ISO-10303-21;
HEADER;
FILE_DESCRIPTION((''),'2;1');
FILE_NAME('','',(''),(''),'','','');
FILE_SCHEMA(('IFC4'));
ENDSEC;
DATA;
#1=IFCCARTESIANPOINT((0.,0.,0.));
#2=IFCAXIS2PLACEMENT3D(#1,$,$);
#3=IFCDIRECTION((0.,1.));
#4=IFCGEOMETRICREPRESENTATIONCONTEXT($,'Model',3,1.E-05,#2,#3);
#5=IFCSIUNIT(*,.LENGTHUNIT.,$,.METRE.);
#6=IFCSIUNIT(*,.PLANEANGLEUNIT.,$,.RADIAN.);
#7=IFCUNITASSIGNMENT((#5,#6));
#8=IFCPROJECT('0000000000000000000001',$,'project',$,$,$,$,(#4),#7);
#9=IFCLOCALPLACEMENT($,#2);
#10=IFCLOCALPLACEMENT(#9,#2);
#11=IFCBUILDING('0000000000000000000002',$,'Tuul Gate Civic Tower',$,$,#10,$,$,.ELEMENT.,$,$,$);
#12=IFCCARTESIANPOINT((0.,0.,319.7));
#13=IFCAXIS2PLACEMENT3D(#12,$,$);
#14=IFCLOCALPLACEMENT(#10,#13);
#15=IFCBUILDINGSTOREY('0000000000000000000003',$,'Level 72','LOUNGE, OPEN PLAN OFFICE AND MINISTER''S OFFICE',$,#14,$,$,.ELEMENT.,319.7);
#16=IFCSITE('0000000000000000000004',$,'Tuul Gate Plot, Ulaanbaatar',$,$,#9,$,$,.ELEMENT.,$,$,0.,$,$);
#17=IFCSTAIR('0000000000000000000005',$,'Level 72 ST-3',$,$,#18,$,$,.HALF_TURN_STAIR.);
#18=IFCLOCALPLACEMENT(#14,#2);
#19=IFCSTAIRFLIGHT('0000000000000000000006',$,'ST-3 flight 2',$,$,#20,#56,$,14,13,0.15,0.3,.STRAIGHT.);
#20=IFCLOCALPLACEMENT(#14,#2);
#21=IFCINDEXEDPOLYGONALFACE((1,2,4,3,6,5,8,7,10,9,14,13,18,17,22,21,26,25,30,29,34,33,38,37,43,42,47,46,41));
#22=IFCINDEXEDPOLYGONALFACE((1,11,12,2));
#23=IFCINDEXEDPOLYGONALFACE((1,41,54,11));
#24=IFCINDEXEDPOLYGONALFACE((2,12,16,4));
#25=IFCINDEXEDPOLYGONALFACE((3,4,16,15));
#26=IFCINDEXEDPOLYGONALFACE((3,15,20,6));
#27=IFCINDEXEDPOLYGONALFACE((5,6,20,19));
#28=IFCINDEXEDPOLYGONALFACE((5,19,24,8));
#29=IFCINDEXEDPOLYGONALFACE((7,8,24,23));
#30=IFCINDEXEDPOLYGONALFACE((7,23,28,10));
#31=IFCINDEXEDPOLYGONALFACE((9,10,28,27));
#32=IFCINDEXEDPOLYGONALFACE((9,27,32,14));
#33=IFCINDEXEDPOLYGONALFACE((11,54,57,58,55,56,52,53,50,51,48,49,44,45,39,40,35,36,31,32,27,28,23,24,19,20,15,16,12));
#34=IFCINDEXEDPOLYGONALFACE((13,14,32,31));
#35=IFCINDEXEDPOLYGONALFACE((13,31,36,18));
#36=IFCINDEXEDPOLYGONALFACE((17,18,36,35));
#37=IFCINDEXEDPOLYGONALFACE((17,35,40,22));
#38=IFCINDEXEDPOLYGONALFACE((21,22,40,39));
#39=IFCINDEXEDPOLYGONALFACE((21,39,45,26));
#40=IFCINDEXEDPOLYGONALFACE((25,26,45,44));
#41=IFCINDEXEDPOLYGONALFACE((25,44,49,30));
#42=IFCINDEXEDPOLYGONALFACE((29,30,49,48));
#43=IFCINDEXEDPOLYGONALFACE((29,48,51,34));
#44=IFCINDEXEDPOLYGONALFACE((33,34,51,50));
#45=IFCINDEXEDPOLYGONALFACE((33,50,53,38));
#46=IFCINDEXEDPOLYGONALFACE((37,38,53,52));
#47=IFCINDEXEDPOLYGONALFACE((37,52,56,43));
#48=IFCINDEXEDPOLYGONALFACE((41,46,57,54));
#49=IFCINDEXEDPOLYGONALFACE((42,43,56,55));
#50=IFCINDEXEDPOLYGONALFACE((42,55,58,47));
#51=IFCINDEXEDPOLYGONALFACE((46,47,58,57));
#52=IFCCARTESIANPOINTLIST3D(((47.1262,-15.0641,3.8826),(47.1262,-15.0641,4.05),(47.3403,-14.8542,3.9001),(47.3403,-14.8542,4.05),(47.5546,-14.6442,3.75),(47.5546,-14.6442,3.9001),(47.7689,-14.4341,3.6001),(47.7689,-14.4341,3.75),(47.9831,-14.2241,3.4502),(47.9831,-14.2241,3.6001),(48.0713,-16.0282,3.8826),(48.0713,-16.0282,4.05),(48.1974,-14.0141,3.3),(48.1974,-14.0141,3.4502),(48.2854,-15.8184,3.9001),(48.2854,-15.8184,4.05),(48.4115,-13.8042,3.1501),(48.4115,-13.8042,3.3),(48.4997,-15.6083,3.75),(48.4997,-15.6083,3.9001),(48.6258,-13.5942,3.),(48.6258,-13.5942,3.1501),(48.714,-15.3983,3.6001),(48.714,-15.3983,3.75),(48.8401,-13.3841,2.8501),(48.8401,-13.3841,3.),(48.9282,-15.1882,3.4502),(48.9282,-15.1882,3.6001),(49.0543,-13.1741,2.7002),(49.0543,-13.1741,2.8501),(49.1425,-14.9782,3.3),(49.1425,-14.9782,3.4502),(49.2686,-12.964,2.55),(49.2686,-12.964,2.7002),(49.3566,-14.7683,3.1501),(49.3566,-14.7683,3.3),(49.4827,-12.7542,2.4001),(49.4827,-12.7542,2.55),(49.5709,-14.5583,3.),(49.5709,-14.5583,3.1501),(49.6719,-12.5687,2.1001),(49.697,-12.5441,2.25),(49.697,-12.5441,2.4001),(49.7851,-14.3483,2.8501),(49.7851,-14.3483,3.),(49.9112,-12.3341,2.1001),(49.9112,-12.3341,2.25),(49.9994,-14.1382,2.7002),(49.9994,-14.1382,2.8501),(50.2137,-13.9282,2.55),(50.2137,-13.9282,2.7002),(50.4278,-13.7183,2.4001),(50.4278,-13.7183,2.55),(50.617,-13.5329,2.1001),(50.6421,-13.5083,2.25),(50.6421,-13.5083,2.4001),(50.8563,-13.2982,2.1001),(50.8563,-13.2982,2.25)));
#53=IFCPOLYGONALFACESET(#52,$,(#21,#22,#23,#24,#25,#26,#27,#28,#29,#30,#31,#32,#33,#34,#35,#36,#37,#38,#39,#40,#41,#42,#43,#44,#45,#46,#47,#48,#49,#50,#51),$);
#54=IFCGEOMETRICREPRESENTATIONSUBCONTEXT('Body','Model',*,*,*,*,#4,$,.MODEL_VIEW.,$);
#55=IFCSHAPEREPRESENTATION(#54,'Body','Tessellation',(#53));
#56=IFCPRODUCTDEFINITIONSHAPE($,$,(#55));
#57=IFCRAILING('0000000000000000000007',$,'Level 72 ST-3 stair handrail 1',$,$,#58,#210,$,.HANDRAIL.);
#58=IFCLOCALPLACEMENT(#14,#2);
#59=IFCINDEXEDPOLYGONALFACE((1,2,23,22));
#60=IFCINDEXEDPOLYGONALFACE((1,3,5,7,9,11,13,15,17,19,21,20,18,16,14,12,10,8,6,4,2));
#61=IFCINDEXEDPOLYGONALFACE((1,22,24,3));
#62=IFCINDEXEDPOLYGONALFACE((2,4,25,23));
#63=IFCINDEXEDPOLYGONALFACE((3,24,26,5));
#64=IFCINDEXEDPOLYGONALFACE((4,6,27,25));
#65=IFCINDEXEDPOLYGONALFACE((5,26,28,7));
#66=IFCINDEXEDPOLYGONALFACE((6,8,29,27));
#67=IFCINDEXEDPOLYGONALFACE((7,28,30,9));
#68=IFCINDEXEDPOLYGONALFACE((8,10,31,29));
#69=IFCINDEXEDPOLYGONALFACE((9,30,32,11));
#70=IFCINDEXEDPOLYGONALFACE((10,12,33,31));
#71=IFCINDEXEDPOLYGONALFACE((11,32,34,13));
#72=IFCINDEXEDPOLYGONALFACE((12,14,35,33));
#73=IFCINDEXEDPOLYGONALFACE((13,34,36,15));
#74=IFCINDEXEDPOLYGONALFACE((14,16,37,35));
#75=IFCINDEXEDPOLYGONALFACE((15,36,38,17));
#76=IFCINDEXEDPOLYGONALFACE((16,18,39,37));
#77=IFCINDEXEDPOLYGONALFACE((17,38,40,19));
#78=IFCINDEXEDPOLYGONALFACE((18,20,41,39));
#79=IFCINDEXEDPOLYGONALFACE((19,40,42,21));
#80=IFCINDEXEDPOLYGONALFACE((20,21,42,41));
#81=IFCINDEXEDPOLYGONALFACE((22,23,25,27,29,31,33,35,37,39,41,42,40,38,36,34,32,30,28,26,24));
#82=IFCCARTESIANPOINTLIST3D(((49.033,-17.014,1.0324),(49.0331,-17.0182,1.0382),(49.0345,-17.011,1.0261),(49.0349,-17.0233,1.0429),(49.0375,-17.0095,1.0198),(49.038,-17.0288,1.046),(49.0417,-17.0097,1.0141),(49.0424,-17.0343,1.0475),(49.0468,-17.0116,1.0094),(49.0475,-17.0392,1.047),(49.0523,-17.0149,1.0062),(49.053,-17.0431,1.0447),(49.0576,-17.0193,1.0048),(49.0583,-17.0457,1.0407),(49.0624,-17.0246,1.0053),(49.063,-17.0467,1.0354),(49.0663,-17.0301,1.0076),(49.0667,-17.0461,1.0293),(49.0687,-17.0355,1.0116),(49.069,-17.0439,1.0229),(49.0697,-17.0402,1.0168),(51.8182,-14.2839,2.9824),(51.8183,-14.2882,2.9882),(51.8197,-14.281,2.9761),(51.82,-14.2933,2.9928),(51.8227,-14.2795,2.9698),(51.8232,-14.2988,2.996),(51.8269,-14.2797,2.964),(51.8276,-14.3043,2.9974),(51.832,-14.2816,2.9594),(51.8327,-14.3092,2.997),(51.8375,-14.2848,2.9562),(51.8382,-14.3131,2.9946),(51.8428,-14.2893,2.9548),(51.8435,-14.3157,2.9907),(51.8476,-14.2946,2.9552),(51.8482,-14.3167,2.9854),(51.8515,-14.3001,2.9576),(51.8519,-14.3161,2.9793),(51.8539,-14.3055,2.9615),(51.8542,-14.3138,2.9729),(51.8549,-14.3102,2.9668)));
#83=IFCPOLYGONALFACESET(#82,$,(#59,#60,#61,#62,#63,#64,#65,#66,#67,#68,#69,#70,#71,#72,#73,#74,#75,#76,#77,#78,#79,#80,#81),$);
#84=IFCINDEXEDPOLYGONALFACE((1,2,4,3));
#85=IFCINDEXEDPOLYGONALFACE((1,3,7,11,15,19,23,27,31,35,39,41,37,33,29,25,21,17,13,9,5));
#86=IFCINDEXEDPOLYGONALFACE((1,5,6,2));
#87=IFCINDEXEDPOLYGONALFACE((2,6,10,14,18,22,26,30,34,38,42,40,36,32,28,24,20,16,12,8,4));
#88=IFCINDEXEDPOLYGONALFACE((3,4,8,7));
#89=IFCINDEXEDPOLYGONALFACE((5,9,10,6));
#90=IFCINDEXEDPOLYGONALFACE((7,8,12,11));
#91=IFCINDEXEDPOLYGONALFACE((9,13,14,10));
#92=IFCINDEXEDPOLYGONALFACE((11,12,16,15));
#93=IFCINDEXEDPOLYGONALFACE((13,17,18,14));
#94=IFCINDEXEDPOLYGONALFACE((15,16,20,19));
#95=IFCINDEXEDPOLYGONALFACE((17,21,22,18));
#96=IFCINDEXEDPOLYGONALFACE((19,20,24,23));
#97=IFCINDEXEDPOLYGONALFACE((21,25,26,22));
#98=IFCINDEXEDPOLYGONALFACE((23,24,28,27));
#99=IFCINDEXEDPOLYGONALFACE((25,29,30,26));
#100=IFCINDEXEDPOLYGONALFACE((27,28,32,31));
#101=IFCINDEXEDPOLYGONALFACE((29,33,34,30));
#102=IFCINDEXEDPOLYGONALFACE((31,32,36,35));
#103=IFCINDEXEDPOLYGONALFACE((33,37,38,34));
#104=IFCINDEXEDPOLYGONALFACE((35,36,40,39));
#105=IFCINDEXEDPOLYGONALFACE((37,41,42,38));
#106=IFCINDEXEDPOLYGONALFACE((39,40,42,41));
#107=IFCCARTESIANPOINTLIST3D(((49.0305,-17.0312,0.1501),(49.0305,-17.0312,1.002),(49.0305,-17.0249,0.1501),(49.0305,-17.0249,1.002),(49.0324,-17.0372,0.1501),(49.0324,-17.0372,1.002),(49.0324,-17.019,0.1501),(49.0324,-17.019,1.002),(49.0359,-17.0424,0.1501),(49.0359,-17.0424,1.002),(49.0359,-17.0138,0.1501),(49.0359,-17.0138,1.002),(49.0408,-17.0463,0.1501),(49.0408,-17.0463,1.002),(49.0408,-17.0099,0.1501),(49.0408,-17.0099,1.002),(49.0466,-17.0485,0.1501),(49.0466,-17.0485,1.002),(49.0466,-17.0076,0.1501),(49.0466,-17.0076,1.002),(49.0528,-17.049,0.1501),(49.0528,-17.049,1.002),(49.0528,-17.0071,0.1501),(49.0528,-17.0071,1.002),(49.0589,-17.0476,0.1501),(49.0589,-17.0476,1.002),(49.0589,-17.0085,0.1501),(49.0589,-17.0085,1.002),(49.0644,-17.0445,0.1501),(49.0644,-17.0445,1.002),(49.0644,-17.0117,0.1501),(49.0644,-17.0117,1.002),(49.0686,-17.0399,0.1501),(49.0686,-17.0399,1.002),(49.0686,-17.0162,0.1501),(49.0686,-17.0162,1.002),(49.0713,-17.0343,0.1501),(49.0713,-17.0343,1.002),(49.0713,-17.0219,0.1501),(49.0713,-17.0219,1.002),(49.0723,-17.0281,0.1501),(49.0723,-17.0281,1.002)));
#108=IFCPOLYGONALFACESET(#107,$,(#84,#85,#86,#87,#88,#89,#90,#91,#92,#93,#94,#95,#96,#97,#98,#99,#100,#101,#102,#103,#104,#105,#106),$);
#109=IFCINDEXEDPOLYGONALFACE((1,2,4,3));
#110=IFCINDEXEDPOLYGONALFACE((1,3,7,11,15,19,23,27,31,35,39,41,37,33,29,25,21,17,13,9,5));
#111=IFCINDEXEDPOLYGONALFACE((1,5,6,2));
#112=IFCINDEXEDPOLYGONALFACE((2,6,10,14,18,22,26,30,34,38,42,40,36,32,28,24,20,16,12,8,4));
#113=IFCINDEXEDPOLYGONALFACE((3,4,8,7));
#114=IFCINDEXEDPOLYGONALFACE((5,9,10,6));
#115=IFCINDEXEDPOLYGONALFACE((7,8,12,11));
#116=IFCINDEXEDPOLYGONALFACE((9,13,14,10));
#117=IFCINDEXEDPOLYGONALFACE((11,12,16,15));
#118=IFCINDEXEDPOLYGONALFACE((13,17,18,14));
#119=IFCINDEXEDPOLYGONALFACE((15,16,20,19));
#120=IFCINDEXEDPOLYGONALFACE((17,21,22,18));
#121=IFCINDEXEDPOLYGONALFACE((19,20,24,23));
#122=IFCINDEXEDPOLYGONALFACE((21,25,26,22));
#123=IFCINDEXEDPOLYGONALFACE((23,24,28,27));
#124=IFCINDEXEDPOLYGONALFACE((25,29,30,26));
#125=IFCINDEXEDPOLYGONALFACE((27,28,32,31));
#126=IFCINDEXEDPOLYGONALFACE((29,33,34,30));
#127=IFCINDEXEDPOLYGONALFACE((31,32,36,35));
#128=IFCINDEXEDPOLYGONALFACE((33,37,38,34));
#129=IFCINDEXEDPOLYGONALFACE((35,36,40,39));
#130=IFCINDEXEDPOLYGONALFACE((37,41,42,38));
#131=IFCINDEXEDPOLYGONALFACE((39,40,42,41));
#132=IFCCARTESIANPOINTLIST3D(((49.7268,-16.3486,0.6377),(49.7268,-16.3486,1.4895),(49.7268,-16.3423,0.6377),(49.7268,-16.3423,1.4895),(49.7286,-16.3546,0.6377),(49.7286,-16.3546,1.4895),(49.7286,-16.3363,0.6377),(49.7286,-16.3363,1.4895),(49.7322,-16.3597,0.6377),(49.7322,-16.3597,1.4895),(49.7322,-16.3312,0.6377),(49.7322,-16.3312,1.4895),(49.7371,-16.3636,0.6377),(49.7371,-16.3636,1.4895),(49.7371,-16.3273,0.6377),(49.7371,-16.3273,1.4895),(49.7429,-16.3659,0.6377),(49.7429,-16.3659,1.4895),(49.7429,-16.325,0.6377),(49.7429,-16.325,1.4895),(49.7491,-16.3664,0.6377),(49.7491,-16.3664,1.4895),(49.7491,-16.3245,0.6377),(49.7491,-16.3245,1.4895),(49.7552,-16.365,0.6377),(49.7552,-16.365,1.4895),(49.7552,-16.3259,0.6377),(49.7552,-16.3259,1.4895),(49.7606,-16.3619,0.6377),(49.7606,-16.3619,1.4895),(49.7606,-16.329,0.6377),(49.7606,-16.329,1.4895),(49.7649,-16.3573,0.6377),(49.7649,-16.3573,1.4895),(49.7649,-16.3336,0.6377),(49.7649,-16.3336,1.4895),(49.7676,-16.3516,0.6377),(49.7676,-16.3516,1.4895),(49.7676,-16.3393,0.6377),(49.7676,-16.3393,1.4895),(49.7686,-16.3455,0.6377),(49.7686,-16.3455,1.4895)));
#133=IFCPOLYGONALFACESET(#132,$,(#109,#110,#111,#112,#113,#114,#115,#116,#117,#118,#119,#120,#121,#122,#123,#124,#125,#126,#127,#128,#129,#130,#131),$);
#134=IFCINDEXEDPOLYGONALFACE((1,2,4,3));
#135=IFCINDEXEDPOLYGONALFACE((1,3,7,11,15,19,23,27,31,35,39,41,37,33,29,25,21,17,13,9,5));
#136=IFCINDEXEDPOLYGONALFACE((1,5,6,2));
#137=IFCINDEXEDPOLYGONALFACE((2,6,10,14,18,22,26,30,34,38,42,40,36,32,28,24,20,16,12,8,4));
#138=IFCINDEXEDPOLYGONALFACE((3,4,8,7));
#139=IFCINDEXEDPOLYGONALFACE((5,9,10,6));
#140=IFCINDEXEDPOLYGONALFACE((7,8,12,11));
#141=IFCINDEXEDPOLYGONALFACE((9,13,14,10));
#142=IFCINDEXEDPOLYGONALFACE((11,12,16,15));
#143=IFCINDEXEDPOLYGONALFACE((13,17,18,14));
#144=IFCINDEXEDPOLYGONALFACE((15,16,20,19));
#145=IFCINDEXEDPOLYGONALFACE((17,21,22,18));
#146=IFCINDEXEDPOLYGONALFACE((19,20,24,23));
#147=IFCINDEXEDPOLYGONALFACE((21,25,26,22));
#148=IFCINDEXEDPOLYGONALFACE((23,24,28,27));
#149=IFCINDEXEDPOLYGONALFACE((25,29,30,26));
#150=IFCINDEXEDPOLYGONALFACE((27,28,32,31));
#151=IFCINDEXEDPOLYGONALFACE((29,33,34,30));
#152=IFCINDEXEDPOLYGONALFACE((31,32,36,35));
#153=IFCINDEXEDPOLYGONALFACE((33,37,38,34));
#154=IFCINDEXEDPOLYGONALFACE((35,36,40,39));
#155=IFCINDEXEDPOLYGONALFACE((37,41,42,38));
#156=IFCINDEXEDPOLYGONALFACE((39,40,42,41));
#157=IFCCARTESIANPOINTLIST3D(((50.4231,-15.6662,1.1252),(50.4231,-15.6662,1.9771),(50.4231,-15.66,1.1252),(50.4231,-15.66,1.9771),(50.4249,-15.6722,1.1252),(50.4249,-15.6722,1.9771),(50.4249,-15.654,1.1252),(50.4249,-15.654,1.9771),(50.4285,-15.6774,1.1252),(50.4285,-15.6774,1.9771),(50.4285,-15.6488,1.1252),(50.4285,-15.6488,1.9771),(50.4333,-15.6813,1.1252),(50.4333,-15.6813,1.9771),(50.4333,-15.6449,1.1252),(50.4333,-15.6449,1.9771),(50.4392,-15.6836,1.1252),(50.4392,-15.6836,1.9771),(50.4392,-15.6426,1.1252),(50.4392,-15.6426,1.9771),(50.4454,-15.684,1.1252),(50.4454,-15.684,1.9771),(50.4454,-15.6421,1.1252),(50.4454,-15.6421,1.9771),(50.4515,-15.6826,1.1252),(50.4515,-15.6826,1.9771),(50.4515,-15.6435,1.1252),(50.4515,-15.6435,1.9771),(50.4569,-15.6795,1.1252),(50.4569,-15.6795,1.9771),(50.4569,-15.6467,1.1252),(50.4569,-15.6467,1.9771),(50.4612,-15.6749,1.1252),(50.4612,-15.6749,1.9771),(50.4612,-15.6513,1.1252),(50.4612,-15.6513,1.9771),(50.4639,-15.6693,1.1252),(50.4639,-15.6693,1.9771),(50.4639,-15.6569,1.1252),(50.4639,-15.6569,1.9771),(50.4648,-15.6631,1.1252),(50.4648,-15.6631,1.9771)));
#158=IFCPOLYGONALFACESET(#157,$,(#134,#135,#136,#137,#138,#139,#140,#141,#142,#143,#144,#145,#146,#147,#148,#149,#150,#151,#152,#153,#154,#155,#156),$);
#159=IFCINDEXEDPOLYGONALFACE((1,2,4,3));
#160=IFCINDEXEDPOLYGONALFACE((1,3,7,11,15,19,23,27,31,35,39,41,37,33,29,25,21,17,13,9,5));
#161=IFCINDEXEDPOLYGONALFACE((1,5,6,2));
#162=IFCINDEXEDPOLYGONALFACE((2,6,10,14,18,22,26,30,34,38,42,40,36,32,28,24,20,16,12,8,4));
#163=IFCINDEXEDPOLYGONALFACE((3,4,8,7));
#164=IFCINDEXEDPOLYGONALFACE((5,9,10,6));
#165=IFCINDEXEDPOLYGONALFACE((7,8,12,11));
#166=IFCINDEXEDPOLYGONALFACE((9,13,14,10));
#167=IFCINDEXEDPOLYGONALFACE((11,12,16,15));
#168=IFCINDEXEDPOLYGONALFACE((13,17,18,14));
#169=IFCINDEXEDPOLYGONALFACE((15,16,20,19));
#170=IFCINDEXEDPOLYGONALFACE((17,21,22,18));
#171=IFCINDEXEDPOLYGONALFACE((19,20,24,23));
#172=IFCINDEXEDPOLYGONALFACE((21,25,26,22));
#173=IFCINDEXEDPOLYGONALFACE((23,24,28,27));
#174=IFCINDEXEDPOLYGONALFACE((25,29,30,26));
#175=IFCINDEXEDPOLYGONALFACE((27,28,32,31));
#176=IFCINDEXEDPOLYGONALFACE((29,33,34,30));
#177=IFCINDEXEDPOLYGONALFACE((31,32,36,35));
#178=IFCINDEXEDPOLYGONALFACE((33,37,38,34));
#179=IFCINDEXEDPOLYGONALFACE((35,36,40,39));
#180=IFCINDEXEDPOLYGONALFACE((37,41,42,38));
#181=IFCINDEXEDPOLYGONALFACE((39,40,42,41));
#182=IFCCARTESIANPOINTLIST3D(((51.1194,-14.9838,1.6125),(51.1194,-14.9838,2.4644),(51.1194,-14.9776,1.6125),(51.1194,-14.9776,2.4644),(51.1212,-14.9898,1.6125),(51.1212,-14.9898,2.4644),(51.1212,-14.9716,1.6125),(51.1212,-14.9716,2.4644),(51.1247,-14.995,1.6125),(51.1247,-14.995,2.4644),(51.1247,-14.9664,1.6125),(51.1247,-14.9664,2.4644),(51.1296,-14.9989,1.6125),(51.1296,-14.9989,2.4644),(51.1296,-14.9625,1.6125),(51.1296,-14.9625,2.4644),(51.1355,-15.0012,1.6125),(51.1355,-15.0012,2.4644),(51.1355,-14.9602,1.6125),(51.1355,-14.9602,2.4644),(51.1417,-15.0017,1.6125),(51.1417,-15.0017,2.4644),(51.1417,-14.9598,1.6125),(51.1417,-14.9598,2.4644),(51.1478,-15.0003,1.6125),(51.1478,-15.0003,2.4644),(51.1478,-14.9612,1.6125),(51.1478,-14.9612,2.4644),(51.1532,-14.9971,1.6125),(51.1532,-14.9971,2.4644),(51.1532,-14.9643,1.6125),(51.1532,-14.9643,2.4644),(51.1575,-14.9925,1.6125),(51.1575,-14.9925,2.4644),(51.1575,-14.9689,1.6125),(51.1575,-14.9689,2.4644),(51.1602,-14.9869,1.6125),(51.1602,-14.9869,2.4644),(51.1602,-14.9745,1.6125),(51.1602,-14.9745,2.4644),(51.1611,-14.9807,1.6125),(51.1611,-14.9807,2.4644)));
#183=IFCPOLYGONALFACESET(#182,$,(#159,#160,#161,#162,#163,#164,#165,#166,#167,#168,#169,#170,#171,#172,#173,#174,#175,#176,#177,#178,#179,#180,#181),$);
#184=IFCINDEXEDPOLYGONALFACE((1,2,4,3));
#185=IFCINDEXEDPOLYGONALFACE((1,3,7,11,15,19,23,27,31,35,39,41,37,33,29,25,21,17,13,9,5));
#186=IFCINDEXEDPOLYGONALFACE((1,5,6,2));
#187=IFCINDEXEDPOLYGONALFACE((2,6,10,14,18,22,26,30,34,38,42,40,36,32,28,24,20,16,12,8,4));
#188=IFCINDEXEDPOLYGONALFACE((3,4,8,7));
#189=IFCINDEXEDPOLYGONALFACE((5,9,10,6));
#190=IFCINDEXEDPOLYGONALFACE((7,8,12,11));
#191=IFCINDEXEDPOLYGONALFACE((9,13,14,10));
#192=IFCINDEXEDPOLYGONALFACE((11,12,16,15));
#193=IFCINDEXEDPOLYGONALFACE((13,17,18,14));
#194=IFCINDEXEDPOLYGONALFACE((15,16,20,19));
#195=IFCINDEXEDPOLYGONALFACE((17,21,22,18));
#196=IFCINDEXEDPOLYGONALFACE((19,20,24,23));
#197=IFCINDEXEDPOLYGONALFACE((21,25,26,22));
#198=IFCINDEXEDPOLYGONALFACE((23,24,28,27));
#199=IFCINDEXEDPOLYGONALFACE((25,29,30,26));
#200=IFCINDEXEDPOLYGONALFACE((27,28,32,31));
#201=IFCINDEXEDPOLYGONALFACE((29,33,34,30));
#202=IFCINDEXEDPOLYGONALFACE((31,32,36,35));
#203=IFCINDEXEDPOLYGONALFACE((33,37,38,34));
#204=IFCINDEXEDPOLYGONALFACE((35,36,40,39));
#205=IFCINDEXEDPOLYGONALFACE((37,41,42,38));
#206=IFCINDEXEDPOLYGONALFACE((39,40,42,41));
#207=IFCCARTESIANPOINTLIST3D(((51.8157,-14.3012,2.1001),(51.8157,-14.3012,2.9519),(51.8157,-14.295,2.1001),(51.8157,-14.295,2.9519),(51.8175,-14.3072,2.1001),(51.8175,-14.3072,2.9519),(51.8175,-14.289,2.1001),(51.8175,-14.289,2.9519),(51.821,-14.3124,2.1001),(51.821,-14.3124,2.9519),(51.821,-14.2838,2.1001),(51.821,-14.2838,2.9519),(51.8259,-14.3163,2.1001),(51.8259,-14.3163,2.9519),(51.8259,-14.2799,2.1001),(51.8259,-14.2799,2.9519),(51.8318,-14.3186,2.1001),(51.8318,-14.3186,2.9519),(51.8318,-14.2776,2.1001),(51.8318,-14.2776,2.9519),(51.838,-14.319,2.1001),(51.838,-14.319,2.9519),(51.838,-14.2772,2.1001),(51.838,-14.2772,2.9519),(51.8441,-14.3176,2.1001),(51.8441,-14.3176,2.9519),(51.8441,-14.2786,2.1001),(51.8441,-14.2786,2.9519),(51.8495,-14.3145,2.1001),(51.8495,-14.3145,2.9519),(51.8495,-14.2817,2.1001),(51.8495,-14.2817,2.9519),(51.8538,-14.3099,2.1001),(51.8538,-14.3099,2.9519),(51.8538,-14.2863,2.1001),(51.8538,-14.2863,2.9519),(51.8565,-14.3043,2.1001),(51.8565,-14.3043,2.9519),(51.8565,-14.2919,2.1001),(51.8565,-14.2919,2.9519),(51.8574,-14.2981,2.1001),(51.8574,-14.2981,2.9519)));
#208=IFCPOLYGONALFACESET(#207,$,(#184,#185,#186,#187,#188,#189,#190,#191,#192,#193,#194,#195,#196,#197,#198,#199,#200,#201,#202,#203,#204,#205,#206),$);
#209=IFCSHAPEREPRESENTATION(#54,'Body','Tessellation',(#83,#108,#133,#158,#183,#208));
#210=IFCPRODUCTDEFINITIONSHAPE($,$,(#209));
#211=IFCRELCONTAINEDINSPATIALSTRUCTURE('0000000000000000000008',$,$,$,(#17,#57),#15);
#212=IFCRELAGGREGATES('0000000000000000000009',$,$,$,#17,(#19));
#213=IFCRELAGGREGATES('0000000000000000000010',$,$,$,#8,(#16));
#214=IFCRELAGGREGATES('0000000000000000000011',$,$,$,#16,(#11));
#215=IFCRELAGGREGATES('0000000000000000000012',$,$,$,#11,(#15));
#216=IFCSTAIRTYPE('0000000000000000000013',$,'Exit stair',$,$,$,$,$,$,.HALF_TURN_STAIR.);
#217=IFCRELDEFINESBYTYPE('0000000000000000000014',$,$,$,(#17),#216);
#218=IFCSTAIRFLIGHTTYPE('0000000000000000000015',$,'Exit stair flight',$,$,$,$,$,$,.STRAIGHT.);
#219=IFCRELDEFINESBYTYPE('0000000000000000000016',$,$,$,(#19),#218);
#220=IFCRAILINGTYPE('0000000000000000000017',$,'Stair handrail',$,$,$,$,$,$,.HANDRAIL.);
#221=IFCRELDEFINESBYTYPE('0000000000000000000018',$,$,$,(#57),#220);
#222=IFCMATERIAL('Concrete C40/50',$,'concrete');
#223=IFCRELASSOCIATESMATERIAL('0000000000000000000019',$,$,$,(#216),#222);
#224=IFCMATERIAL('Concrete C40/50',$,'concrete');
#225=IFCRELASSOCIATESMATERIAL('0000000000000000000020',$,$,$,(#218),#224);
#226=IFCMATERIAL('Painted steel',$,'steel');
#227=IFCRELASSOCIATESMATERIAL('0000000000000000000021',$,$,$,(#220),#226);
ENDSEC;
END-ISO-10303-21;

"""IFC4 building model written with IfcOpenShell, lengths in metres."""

from ifc_helpers import new_model, si_unit, direction, frame, origin, origin_2d, place, context, subcontext, project, spatial, polyline, circle, outline, extrude, material, type_object, element, aggregate, save


model = new_model("IFC4")

# Units and contexts
model_context = context("Model", 3, precision=1e-05, world=origin(), true_north=direction((0.0, 1.0)))
body_context = subcontext(model_context, "Body", "Model", "MODEL_VIEW")
ifc_project = project(units=[si_unit("LENGTHUNIT", "METRE"), si_unit("PLANEANGLEUNIT", "RADIAN")], contexts=[model_context])

# Site, building, storey
site_placement = place(None, origin())
site = spatial("IfcSite", under=ifc_project, at=site_placement, Name="Tuul Gate Plot, Ulaanbaatar", CompositionType="ELEMENT", RefElevation=0.0)
building_placement = place(site_placement, origin())
building = spatial("IfcBuilding", under=site, at=building_placement, Name="Tuul Gate Civic Tower", CompositionType="ELEMENT")
storey_placement = place(building_placement, frame((0.0, 0.0, 319.7)))
storey = spatial("IfcBuildingStorey", under=building, at=storey_placement, Name="Level 72", Description="LOUNGE, OPEN PLAN OFFICE AND MINISTER'S OFFICE", CompositionType="ELEMENT", Elevation=319.7)

# Stair, stair flight
ifc_material_1 = material(Name="Concrete C40/50", Category="concrete")
stair_type = type_object("IfcStairType", Name="Exit stair", PredefinedType="HALF_TURN_STAIR", material=ifc_material_1)
stair_placement = place(storey_placement, origin())
stair = element("IfcStair", 1, at=stair_placement, inside=storey, type_object=stair_type, Name="Level 72 ST-3", PredefinedType="HALF_TURN_STAIR")
ifc_material_2 = material(Name="Concrete C40/50", Category="concrete")
stair_flight_type = type_object("IfcStairFlightType", Name="Exit stair flight", PredefinedType="STRAIGHT", material=ifc_material_2)
stair_flight_1_placement = place(storey_placement, frame((50.3838, -12.8162, 2.1001), z_axis=(0.0, 0.0, 1.0), x_axis=(-0.714127, -0.700016, 0.0)))
stair_flight_1 = element("IfcStairFlight", 2, at=stair_flight_1_placement, type_object=stair_flight_type, Name="ST-3 flight 2", NumberOfRisers=14, NumberOfTreads=13, PredefinedType="STRAIGHT", RiserHeight=0.15, TreadLength=0.3, context=body_context, shape_type="SweptSolid", body=[
    extrude(outline(polyline([(0.0, 0.0), (0.0, 0.1499), (0.3, 0.1499), (0.3, 0.3), (0.6001, 0.3), (0.6001, 0.45), (0.8999, 0.45), (0.8999, 0.6001), (1.2, 0.6001), (1.2, 0.75), (1.5, 0.75), (1.5, 0.8999), (1.8, 0.8999), (1.8, 1.05), (2.1001, 1.05), (2.1001, 1.2), (2.3999, 1.2), (2.3999, 1.3501), (2.7, 1.3501), (2.7, 1.5), (3.0, 1.5), (3.0, 1.6499), (3.3, 1.6499), (3.3, 1.8), (3.6001, 1.8), (3.6001, 1.95), (3.8999, 1.95), (3.8999, 2.1001), (3.8999, 1.7825), (0.3352, 0.0), (0.0, 0.0)])), frame((0.0, 0.675, 0.0), z_axis=(0.0, -1.0, 0.0), x_axis=(1.0, 0.0, 0.0)), (0.0, 0.0, 1.0), 1.3501),
])
aggregate(stair, [stair_flight_1])

# Railing
ifc_material_3 = material(Name="Painted steel", Category="steel")
railing_type_1 = type_object("IfcRailingType", Name="Stair handrail", PredefinedType="HANDRAIL", material=ifc_material_3)
railing_1_placement = place(storey_placement, frame((49.0513, -17.0281, 0.1501)))
element("IfcRailing", 3, at=railing_1_placement, inside=storey, type_object=railing_type_1, Name="Level 72 ST-3 stair handrail 1", PredefinedType="HANDRAIL", context=body_context, shape_type="SweptSolid", body=[
    extrude(circle(Radius=0.0239, at=origin_2d()), frame((0.0, 0.0, 0.876), z_axis=(0.638754, 0.6261, 0.447206), x_axis=(-0.699998, 0.714145, 0.0)), (0.0, 0.0, 1.0), 4.3604),
    extrude(circle(Radius=0.021, at=origin_2d()), origin(), (0.0, 0.0, 1.0), 0.8518),
    extrude(circle(Radius=0.021, at=origin_2d()), frame((0.6963, 0.6826, 0.4875)), (0.0, 0.0, 1.0), 0.8518),
    extrude(circle(Radius=0.021, at=origin_2d()), frame((1.3926, 1.365, 0.9751)), (0.0, 0.0, 1.0), 0.8518),
    extrude(circle(Radius=0.021, at=origin_2d()), frame((2.0889, 2.0474, 1.4624)), (0.0, 0.0, 1.0), 0.8518),
    extrude(circle(Radius=0.021, at=origin_2d()), frame((2.7852, 2.73, 1.95)), (0.0, 0.0, 1.0), 0.8518),
])

save(model, "model.ifc")
